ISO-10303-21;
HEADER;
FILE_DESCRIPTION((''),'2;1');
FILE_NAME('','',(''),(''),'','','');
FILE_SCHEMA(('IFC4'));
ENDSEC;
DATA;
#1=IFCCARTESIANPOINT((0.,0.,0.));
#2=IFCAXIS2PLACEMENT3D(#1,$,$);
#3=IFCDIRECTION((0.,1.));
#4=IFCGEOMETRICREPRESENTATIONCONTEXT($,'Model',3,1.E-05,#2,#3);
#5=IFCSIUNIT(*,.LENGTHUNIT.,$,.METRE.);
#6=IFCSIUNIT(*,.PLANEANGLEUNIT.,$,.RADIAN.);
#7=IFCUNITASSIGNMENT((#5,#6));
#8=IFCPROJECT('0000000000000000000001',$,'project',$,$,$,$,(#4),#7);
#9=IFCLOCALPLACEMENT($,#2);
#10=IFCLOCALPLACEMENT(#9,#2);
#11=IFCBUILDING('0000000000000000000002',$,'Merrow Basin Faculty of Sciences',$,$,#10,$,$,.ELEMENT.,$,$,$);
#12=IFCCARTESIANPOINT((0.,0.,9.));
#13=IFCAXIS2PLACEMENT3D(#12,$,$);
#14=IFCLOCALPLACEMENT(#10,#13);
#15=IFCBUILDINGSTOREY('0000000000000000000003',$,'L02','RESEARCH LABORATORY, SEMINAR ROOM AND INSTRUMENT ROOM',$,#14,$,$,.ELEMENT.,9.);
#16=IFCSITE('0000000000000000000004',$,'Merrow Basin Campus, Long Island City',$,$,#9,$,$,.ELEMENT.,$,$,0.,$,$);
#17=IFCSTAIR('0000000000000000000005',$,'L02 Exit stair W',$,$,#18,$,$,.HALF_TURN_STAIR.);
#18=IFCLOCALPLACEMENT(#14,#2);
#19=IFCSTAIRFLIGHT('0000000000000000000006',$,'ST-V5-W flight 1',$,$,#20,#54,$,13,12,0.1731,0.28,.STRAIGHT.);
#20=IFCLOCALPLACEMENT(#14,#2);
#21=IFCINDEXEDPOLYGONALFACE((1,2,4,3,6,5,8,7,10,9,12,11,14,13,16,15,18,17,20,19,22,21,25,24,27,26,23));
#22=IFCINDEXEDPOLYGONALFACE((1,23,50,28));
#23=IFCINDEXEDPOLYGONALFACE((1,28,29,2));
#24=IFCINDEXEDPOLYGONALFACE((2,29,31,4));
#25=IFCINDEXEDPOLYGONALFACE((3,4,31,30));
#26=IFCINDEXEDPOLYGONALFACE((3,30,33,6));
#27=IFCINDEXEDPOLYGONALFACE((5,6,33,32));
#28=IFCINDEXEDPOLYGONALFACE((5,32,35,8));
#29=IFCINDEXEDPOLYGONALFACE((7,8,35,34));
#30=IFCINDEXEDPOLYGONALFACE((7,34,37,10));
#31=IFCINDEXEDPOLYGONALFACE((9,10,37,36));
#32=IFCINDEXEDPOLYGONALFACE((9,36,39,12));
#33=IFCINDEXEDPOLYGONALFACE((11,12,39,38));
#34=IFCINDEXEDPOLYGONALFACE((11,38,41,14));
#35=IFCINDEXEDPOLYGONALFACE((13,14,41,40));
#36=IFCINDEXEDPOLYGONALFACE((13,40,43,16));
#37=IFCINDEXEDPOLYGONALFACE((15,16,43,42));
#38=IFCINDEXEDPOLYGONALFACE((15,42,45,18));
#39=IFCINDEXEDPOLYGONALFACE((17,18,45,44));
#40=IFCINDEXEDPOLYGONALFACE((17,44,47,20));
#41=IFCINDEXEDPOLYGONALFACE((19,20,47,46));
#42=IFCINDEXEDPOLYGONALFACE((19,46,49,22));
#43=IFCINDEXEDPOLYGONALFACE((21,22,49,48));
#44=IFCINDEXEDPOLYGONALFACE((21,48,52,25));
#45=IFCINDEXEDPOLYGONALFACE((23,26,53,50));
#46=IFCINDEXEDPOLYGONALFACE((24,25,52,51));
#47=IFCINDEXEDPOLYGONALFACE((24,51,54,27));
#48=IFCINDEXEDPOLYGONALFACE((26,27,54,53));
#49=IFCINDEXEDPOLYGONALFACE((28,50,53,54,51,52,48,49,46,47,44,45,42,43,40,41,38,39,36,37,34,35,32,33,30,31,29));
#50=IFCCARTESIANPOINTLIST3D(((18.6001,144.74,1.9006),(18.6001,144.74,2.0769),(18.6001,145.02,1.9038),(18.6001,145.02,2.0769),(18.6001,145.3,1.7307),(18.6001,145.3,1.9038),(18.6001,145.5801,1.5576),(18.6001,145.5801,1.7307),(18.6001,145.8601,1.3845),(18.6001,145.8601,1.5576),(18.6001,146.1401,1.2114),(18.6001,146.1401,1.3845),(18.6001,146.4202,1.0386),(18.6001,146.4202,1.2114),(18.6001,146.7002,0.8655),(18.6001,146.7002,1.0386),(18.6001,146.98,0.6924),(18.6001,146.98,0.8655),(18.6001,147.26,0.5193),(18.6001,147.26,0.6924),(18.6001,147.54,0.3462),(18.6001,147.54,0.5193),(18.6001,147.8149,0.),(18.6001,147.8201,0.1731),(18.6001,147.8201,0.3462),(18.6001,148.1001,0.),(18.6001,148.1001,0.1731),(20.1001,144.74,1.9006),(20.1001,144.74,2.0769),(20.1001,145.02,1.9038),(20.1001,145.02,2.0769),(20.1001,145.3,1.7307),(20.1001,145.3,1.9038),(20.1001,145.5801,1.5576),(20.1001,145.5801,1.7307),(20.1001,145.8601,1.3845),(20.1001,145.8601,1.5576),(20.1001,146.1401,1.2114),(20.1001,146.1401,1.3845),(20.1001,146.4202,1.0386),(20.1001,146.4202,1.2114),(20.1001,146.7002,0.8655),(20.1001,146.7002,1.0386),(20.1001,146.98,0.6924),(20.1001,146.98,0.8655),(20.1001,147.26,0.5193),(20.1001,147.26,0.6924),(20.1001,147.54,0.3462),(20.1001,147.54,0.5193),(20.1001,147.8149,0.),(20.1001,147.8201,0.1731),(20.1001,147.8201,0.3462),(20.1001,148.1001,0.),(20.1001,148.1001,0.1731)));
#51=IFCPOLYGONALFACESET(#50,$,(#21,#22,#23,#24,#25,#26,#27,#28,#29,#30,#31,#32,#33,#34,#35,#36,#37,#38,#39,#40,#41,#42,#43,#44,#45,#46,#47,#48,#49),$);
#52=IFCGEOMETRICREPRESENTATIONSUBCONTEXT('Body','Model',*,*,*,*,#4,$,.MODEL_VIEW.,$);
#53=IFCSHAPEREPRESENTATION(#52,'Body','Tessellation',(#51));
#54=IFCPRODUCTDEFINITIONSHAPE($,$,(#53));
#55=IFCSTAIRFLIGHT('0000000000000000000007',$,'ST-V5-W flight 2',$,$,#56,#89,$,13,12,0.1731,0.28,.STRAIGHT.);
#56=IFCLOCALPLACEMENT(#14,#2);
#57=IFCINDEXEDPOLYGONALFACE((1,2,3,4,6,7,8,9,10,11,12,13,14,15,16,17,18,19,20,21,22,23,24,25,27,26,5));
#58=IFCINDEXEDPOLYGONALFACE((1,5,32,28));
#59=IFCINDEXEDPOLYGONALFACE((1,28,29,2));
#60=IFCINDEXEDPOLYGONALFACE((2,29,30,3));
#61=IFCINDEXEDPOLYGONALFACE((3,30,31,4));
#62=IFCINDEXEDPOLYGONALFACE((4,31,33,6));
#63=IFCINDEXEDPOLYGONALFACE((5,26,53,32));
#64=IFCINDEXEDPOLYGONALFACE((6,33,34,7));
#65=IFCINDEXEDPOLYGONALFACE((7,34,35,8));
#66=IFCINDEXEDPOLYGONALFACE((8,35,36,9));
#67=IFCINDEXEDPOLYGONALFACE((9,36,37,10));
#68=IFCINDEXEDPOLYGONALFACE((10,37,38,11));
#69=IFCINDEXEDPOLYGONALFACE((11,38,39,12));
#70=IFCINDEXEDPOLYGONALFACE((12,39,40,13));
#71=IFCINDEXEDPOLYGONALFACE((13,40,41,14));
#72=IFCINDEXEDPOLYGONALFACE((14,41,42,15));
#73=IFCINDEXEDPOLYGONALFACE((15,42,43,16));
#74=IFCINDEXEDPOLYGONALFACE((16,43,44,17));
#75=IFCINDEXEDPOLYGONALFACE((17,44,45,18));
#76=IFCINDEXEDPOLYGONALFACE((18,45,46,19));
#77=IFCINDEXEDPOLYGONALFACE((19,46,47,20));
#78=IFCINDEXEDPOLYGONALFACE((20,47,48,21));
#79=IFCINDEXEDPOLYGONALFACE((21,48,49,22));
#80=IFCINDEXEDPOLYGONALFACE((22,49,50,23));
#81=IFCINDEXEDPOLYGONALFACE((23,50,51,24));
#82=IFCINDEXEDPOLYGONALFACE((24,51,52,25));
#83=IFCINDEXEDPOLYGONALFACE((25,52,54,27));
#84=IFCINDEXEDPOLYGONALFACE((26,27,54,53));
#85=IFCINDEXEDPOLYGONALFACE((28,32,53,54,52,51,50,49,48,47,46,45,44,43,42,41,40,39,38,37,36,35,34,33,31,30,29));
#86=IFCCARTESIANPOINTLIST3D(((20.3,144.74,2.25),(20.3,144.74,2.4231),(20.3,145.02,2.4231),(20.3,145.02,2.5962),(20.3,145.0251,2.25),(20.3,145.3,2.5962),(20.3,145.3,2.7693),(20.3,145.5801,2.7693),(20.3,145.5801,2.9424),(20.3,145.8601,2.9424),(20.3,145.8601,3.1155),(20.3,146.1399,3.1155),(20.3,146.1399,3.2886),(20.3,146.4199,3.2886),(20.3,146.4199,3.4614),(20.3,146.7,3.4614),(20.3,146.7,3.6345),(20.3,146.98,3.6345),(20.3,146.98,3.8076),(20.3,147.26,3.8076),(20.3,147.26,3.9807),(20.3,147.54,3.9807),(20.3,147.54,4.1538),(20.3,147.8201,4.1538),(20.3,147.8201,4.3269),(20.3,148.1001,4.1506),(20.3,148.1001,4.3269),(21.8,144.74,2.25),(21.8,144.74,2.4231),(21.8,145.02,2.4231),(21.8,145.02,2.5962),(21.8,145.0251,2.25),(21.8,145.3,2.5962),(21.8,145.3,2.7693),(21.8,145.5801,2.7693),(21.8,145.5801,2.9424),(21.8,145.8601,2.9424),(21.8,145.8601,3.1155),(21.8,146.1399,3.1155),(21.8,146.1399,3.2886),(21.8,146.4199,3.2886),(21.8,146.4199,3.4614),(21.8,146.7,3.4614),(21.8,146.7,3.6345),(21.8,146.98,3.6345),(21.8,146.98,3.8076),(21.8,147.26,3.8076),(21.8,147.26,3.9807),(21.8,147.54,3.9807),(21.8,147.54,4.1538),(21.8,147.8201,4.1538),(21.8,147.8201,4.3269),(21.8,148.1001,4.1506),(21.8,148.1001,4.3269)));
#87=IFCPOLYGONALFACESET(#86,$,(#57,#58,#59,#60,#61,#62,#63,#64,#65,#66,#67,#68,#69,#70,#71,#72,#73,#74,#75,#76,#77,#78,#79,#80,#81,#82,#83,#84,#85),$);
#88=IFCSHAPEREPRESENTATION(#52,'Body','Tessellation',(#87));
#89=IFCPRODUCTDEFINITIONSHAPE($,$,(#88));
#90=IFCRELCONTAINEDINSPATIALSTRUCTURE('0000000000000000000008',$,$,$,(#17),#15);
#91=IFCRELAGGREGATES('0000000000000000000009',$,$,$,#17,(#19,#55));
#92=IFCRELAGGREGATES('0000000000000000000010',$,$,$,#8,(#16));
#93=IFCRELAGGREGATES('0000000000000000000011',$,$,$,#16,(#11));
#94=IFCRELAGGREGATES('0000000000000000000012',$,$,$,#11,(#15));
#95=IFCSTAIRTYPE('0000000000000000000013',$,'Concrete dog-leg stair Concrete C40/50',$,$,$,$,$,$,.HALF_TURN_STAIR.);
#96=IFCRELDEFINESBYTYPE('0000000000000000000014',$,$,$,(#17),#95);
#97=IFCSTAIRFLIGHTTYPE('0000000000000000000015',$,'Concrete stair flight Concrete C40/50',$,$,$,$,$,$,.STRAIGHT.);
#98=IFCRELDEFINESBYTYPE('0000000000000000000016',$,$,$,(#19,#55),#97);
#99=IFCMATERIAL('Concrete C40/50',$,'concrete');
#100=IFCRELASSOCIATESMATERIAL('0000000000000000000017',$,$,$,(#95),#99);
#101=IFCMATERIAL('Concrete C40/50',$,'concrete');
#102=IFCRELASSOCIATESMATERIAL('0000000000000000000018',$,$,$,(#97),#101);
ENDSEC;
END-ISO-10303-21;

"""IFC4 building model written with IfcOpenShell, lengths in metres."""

from ifc_helpers import new_model, si_unit, direction, frame, origin, place, context, subcontext, project, spatial, polyline, outline, extrude, material, type_object, element, aggregate, save


model = new_model("IFC4")

# Units and contexts
model_context = context("Model", 3, precision=1e-05, world=origin(), true_north=direction((0.0, 1.0)))
body_context = subcontext(model_context, "Body", "Model", "MODEL_VIEW")
ifc_project = project(units=[si_unit("LENGTHUNIT", "METRE"), si_unit("PLANEANGLEUNIT", "RADIAN")], contexts=[model_context])

# Site, building, storey
site_placement = place(None, origin())
site = spatial("IfcSite", under=ifc_project, at=site_placement, Name="Merrow Basin Campus, Long Island City", CompositionType="ELEMENT", RefElevation=0.0)
building_placement = place(site_placement, origin())
building = spatial("IfcBuilding", under=site, at=building_placement, Name="Merrow Basin Faculty of Sciences", CompositionType="ELEMENT")
storey_placement = place(building_placement, frame((0.0, 0.0, 9.0)))
storey = spatial("IfcBuildingStorey", under=building, at=storey_placement, Name="L02", Description="RESEARCH LABORATORY, SEMINAR ROOM AND INSTRUMENT ROOM", CompositionType="ELEMENT", Elevation=9.0)

# Stair, stair flights
ifc_material_1 = material(Name="Concrete C40/50", Category="concrete")
stair_type = type_object("IfcStairType", Name="Concrete dog-leg stair Concrete C40/50", PredefinedType="HALF_TURN_STAIR", material=ifc_material_1)
stair_placement = place(storey_placement, origin())
stair = element("IfcStair", 1, at=stair_placement, inside=storey, type_object=stair_type, Name="L02 Exit stair W", PredefinedType="HALF_TURN_STAIR")
ifc_material_2 = material(Name="Concrete C40/50", Category="concrete")
stair_flight_type = type_object("IfcStairFlightType", Name="Concrete stair flight Concrete C40/50", PredefinedType="STRAIGHT", material=ifc_material_2)
stair_flight_1_placement = place(storey_placement, frame((19.3501, 148.1001, 0.0), z_axis=(0.0, 0.0, 1.0), x_axis=(0.0, -1.0, 0.0)))
stair_flight_1 = element("IfcStairFlight", 2, at=stair_flight_1_placement, type_object=stair_flight_type, Name="ST-V5-W flight 1", NumberOfRisers=13, NumberOfTreads=12, PredefinedType="STRAIGHT", RiserHeight=0.1731, TreadLength=0.28, context=body_context, shape_type="SweptSolid", body=[
    extrude(outline(polyline([(0.0, 0.0), (0.0, 0.1731), (0.28, 0.1731), (0.28, 0.3462), (0.5601, 0.3462), (0.5601, 0.5193), (0.8401, 0.5193), (0.8401, 0.6924), (1.1201, 0.6924), (1.1201, 0.8655), (1.3999, 0.8655), (1.3999, 1.0386), (1.6799, 1.0386), (1.6799, 1.2114), (1.96, 1.2114), (1.96, 1.3845), (2.24, 1.3845), (2.24, 1.5576), (2.52, 1.5576), (2.52, 1.7307), (2.8, 1.7307), (2.8, 1.9038), (3.0801, 1.9038), (3.0801, 2.0769), (3.3601, 2.0769), (3.3601, 2.25), (3.3601, 1.9006), (0.2852, 0.0), (0.0, 0.0)])), frame((0.0, 0.75, 0.0), z_axis=(0.0, -1.0, 0.0), x_axis=(1.0, 0.0, 0.0)), (0.0, 0.0, 1.0), 1.5),
])
stair_flight_2_placement = place(storey_placement, frame((21.05, 144.74, 2.25), z_axis=(0.0, 0.0, 1.0), x_axis=(0.0, 1.0, 0.0)))
stair_flight_2 = element("IfcStairFlight", 3, at=stair_flight_2_placement, type_object=stair_flight_type, Name="ST-V5-W flight 2", NumberOfRisers=13, NumberOfTreads=12, PredefinedType="STRAIGHT", RiserHeight=0.1731, TreadLength=0.28, context=body_context, shape_type="SweptSolid", body=[
    extrude(outline(polyline([(0.0, 0.0), (0.0, 0.1731), (0.28, 0.1731), (0.28, 0.3462), (0.5601, 0.3462), (0.5601, 0.5193), (0.8401, 0.5193), (0.8401, 0.6924), (1.1201, 0.6924), (1.1201, 0.8655), (1.3999, 0.8655), (1.3999, 1.0386), (1.6799, 1.0386), (1.6799, 1.2114), (1.96, 1.2114), (1.96, 1.3845), (2.24, 1.3845), (2.24, 1.5576), (2.52, 1.5576), (2.52, 1.7307), (2.8, 1.7307), (2.8, 1.9038), (3.0801, 1.9038), (3.0801, 2.0769), (3.3601, 2.0769), (3.3601, 2.25), (3.3601, 1.9006), (0.2852, 0.0), (0.0, 0.0)])), frame((0.0, 0.75, 0.0), z_axis=(0.0, -1.0, 0.0), x_axis=(1.0, 0.0, 0.0)), (0.0, 0.0, 1.0), 1.5),
])
aggregate(stair, [stair_flight_1, stair_flight_2])

save(model, "model.ifc")
